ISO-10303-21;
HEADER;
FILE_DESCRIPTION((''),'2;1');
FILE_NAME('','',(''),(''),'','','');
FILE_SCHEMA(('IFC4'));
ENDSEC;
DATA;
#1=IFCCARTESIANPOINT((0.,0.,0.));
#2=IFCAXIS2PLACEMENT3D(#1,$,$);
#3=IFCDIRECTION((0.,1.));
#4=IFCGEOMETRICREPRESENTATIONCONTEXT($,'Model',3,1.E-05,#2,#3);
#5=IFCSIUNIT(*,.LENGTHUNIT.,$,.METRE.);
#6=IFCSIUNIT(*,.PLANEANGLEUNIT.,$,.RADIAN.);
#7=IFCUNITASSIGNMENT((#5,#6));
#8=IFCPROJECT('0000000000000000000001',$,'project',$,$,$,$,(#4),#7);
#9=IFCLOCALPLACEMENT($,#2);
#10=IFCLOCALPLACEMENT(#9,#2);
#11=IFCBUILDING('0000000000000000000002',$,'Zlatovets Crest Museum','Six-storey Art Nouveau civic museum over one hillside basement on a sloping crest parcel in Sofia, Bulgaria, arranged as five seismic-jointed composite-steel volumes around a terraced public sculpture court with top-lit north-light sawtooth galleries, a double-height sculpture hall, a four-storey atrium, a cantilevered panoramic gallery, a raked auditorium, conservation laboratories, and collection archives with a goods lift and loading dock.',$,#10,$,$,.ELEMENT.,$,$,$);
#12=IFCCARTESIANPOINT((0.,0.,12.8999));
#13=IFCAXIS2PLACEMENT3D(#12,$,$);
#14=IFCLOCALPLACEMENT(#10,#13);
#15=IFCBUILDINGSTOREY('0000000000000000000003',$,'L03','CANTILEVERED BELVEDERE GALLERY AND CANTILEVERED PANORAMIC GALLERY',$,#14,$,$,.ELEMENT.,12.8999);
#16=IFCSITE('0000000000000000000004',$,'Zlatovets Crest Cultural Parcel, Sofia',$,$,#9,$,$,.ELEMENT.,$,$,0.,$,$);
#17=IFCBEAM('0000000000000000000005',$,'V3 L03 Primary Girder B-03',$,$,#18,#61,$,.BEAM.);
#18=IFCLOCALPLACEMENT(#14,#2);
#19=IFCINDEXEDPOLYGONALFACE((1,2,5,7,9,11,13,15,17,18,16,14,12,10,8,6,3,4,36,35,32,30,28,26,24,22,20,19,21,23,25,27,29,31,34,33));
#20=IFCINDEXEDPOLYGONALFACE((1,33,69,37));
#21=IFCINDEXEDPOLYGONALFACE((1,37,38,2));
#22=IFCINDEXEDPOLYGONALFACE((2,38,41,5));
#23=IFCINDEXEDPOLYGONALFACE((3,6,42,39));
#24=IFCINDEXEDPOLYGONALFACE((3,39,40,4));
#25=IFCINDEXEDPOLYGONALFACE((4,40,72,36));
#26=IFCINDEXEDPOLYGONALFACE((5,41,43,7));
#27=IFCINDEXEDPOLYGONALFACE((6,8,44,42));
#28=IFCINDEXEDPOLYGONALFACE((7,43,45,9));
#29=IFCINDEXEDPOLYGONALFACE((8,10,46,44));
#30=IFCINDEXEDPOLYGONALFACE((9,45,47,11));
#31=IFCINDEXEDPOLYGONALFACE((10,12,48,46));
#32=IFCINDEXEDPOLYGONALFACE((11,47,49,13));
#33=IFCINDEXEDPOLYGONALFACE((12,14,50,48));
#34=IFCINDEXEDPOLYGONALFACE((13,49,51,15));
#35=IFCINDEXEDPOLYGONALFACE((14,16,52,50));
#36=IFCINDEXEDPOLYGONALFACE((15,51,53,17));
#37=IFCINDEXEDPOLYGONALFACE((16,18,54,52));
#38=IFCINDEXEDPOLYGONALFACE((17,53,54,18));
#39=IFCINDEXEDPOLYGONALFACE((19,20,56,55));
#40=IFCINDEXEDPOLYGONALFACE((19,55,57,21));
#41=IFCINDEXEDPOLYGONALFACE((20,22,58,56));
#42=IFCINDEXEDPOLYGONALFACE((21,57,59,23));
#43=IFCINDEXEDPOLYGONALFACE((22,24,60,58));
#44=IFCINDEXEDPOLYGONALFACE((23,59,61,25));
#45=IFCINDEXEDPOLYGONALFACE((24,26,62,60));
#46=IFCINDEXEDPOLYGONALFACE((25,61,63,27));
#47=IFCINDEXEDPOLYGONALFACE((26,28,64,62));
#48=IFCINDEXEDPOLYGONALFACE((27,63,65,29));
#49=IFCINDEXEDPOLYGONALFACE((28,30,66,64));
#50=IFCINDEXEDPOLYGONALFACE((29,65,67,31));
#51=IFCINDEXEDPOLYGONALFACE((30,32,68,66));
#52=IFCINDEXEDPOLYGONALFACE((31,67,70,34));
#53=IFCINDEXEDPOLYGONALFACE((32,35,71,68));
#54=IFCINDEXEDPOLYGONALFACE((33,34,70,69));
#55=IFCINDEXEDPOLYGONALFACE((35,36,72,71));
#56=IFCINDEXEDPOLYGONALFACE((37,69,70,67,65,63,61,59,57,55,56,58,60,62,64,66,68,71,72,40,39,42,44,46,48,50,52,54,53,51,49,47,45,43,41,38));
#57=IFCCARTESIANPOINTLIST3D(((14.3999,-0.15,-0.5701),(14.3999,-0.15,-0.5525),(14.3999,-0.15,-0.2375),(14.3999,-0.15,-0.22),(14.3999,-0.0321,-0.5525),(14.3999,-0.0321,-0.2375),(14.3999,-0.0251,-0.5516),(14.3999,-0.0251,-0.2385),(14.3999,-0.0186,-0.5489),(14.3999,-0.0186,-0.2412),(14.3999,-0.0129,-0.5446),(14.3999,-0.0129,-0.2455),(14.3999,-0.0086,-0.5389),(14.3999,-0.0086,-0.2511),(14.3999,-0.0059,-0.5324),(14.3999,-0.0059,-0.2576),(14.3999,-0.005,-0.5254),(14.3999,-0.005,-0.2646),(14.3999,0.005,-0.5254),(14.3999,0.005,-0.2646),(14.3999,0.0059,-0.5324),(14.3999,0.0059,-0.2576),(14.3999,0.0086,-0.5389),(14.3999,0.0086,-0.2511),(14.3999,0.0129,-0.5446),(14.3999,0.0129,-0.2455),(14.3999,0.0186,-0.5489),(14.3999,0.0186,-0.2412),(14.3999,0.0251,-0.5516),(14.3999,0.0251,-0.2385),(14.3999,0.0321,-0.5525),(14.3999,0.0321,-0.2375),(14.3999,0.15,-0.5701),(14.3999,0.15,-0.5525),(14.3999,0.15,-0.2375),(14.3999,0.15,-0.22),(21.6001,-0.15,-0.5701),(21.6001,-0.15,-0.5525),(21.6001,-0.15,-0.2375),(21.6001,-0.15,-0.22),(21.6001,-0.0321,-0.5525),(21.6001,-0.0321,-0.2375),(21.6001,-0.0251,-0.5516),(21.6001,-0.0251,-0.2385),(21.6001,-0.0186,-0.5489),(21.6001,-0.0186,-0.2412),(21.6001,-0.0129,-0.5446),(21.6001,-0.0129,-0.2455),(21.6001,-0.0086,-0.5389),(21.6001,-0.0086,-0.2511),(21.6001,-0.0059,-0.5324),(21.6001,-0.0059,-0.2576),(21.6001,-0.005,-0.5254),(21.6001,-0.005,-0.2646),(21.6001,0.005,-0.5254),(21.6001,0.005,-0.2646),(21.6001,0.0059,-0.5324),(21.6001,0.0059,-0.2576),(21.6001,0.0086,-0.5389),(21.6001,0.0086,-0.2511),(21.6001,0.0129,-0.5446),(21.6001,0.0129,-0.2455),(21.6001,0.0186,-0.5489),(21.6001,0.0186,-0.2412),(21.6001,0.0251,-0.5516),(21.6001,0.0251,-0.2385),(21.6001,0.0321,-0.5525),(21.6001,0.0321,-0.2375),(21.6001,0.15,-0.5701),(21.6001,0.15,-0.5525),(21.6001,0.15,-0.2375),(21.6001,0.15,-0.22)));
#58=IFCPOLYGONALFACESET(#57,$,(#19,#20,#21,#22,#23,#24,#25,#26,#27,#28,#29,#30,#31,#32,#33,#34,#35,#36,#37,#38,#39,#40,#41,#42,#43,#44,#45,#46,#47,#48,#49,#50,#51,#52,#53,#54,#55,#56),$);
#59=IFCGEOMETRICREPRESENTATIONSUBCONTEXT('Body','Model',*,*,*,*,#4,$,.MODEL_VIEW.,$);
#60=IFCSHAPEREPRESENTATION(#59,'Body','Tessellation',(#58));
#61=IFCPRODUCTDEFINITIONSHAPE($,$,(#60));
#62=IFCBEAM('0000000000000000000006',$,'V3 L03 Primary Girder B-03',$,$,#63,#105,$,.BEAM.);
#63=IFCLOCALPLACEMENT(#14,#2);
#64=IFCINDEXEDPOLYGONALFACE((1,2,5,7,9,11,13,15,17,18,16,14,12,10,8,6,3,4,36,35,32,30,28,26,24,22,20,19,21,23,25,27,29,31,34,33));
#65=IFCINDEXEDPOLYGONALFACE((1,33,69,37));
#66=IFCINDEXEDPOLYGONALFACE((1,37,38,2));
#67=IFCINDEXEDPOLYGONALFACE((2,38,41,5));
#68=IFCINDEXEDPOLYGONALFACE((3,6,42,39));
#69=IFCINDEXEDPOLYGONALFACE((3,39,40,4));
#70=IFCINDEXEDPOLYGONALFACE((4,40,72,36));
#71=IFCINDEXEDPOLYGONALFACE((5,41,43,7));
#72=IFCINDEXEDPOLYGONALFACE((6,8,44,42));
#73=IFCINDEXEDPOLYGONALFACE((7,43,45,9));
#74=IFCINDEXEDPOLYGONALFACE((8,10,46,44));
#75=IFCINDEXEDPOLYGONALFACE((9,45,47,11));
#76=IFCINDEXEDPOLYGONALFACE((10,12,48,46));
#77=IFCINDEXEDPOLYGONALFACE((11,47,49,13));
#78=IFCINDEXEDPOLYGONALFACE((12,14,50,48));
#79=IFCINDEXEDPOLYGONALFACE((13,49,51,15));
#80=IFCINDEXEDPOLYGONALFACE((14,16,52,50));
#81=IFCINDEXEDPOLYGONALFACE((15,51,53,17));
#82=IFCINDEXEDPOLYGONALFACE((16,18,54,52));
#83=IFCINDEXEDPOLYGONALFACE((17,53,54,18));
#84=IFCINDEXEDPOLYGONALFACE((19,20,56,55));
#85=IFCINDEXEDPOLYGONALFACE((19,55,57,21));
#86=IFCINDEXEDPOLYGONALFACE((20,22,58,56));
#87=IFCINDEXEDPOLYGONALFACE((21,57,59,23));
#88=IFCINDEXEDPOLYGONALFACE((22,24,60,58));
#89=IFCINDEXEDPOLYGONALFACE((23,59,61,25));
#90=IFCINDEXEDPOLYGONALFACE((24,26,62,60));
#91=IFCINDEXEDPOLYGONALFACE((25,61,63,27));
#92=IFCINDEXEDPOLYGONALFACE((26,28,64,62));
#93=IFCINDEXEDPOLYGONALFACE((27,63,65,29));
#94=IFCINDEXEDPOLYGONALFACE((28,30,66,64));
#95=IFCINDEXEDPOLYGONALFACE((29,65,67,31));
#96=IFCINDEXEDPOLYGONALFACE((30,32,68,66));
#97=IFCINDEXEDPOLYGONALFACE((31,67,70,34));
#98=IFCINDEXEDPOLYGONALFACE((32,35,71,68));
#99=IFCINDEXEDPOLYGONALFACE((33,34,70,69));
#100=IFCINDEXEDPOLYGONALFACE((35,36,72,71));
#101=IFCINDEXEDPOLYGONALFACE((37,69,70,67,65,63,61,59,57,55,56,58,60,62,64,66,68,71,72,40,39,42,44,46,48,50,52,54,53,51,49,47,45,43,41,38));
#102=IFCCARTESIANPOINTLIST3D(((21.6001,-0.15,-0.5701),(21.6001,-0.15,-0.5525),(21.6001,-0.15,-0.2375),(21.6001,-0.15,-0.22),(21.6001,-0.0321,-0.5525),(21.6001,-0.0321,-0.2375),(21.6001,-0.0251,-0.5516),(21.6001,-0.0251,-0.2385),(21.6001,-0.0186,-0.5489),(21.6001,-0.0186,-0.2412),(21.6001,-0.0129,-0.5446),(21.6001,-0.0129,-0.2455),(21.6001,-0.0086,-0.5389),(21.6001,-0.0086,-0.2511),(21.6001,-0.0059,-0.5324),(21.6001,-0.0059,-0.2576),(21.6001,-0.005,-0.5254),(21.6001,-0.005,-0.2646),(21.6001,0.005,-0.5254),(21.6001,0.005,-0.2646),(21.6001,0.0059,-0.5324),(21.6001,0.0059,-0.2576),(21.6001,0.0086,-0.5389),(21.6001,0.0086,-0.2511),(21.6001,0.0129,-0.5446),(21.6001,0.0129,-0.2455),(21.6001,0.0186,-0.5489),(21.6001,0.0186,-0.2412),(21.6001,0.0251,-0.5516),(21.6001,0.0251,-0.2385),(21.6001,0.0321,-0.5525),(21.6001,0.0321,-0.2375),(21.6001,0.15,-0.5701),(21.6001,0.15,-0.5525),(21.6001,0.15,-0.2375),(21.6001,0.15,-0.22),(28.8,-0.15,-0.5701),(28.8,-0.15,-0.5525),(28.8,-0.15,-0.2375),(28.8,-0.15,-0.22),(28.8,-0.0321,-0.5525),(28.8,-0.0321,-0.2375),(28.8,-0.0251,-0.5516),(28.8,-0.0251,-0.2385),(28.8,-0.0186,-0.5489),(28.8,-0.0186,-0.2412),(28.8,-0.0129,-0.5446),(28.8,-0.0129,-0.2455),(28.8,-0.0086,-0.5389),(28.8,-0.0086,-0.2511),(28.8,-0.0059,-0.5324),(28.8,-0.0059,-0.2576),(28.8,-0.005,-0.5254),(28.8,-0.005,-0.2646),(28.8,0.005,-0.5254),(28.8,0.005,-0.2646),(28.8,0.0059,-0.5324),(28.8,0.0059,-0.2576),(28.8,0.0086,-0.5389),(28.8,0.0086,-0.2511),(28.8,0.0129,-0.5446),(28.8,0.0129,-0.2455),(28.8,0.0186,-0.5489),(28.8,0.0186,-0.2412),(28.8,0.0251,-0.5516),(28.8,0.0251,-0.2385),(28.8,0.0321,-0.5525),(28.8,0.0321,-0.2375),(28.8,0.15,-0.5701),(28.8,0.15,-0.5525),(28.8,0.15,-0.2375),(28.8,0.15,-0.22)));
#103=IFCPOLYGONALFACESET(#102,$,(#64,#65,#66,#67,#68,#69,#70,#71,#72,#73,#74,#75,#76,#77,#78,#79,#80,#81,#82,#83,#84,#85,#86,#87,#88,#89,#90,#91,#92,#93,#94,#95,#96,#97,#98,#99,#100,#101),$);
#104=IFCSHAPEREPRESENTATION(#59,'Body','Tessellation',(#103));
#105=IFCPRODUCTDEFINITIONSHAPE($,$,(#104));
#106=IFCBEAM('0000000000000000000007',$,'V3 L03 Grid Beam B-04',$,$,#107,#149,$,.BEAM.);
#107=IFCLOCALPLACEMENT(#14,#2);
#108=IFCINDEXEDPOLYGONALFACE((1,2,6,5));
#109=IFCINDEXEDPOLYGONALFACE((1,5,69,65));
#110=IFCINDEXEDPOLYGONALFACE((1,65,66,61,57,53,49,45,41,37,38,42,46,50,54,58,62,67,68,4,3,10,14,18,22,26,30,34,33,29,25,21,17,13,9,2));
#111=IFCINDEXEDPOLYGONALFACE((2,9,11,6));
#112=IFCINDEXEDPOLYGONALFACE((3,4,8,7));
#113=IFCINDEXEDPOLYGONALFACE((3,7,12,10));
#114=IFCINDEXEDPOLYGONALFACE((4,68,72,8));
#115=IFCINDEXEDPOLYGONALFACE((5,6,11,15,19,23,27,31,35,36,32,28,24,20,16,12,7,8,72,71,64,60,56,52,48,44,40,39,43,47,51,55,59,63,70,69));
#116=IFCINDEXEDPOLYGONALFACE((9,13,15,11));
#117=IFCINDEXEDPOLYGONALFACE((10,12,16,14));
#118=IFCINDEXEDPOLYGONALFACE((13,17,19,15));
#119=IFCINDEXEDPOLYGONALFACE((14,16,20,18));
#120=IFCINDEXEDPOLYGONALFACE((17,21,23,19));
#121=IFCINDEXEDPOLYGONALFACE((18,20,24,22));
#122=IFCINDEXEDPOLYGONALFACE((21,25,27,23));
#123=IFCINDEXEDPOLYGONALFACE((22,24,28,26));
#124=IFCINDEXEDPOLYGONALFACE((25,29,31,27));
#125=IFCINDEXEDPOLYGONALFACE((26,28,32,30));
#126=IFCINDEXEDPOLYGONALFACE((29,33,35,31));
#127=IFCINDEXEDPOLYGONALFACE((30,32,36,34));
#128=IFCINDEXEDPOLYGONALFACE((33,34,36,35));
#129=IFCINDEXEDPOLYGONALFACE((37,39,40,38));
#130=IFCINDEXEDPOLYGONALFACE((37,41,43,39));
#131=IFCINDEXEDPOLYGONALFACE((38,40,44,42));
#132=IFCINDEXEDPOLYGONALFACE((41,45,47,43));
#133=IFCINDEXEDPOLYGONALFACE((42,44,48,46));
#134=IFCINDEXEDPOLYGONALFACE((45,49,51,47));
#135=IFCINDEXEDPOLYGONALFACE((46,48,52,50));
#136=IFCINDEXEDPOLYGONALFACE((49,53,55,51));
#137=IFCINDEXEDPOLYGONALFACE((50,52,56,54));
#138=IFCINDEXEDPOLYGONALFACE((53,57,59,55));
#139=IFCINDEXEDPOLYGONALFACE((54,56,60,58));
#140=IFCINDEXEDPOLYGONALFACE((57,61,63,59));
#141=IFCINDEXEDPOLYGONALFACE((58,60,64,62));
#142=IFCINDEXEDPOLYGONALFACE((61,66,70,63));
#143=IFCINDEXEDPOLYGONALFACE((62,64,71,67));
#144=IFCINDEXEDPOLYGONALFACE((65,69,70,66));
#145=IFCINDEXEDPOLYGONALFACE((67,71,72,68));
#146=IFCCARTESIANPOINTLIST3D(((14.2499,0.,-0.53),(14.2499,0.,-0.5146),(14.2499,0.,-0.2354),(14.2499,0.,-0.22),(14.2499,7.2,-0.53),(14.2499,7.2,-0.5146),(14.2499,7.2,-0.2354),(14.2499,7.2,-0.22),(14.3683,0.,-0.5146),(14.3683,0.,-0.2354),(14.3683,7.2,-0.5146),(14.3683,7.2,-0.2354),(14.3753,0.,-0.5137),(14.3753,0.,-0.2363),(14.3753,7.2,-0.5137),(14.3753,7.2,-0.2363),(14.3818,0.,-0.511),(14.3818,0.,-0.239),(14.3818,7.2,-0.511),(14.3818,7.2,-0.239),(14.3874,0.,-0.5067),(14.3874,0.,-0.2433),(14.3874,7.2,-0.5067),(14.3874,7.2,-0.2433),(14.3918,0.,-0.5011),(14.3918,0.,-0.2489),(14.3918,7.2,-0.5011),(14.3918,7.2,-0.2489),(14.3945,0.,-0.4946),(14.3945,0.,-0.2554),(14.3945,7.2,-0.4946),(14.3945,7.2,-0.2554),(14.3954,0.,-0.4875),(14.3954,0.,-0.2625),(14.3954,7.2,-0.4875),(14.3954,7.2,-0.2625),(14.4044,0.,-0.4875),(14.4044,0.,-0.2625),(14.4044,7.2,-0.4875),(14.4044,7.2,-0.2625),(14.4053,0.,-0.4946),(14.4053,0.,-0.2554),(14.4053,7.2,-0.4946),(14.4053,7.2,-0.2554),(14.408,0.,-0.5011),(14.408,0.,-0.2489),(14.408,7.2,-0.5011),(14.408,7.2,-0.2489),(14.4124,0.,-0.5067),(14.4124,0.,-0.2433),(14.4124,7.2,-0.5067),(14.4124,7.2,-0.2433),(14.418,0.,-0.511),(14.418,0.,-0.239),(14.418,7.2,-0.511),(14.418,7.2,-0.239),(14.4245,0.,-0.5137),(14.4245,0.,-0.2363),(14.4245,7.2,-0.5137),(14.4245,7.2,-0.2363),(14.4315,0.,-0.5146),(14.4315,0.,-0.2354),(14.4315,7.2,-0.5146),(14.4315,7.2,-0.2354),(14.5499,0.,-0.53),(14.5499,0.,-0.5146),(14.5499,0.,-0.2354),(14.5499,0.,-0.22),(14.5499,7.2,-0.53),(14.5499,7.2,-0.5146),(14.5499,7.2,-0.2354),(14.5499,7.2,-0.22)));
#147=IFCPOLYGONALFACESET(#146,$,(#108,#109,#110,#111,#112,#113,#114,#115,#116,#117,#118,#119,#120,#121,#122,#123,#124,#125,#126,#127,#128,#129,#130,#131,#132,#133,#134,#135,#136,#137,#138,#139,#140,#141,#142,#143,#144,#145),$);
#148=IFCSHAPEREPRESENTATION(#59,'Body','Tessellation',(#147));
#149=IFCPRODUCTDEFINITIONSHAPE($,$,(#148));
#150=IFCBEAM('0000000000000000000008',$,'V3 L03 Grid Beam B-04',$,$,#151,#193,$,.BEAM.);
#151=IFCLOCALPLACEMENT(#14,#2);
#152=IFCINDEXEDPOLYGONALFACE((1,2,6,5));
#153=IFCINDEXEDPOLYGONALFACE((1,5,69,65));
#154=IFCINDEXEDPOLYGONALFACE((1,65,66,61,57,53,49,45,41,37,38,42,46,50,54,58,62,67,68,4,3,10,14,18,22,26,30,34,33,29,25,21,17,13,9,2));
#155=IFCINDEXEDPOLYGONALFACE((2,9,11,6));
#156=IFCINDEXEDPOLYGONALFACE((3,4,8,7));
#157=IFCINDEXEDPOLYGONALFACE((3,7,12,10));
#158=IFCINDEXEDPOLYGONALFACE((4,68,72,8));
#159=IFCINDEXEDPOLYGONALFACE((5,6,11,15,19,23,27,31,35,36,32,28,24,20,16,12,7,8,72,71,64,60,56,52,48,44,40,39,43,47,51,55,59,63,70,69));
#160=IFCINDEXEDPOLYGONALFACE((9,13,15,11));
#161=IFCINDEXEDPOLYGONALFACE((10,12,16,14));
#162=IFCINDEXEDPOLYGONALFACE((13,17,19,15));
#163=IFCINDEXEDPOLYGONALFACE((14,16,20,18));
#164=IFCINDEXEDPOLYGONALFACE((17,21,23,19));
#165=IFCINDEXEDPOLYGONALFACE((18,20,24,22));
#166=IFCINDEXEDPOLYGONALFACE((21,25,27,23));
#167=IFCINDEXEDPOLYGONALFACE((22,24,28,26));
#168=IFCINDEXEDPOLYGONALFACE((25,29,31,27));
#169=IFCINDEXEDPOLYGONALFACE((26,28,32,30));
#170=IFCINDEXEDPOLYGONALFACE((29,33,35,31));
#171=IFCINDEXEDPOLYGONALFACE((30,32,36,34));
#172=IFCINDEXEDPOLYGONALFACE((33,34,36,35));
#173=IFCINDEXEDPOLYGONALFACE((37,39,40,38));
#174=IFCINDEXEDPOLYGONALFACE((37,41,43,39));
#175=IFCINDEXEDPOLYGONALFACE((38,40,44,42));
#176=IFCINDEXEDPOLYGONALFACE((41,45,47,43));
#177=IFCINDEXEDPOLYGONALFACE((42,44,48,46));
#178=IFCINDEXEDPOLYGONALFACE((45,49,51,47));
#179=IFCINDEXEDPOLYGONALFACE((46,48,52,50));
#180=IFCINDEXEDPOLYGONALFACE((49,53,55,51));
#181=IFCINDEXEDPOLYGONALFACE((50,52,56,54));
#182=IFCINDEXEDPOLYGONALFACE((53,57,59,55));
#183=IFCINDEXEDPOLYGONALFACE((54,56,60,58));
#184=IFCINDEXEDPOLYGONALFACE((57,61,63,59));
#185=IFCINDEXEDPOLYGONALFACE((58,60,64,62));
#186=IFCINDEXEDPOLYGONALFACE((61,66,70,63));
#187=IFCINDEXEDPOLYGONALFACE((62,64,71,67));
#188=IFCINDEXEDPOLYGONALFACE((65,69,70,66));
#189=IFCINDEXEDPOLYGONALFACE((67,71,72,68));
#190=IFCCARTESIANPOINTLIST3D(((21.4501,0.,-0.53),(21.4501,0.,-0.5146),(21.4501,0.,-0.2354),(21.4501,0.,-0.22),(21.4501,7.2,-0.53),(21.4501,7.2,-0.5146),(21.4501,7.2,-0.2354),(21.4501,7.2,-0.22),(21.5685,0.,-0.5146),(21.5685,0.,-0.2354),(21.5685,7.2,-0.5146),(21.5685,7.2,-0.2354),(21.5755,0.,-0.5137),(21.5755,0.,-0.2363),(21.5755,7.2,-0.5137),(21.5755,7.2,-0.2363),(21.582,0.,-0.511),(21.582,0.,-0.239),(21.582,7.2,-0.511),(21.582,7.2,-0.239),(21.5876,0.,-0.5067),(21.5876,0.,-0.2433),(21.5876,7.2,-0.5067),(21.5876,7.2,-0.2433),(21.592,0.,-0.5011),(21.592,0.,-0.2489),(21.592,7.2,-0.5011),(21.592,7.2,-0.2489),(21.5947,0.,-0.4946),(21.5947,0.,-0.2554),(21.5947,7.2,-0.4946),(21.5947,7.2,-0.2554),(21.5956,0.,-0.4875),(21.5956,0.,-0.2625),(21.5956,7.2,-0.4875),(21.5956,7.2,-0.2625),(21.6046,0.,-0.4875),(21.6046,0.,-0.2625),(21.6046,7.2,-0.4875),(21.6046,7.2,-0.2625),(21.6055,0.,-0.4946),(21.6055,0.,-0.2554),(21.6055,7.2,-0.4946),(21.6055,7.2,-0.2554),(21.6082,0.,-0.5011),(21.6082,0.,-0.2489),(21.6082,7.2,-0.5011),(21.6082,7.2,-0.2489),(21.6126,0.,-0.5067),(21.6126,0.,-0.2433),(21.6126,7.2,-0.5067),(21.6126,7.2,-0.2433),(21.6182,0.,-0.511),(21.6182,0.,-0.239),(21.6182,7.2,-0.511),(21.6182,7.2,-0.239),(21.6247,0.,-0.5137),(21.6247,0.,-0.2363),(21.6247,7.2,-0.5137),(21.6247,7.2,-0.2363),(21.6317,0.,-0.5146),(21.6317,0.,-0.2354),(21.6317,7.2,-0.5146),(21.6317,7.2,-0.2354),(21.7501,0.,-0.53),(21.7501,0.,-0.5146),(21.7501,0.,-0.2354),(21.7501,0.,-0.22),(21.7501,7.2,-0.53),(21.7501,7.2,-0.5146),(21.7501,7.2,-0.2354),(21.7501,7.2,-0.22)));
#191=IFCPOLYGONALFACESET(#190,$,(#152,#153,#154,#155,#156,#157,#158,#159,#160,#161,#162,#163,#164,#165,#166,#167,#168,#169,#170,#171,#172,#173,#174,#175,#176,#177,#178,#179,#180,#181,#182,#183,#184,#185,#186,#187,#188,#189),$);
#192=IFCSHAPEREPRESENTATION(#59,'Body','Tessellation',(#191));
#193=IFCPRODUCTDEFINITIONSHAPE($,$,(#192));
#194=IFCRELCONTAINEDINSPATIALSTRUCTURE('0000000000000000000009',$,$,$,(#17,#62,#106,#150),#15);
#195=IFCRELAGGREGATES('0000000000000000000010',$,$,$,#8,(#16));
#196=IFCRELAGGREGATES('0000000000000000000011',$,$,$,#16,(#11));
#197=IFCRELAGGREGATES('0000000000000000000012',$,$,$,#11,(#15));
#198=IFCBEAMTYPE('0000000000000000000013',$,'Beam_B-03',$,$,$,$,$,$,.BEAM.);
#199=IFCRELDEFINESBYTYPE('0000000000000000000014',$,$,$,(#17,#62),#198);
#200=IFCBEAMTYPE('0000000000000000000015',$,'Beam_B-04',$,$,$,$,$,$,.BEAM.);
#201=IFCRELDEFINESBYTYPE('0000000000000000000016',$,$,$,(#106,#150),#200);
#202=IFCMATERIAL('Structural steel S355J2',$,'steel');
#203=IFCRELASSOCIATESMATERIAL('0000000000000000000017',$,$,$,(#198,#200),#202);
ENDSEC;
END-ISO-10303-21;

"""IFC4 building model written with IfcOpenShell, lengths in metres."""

from ifc_helpers import new_model, si_unit, direction, frame, origin, origin_2d, place, context, subcontext, project, spatial, i_section, extrude, material, material_profile, profile_set, type_object, element, save


model = new_model("IFC4")

# Units and contexts
model_context = context("Model", 3, precision=1e-05, world=origin(), true_north=direction((0.0, 1.0)))
body_context = subcontext(model_context, "Body", "Model", "MODEL_VIEW")
ifc_project = project(units=[si_unit("LENGTHUNIT", "METRE"), si_unit("PLANEANGLEUNIT", "RADIAN")], contexts=[model_context])

# Site, building, storey
site_placement = place(None, origin())
site = spatial("IfcSite", under=ifc_project, at=site_placement, Name="Zlatovets Crest Cultural Parcel, Sofia", CompositionType="ELEMENT", RefElevation=0.0)
building_placement = place(site_placement, origin())
building = spatial("IfcBuilding", under=site, at=building_placement, Name="Zlatovets Crest Museum", Description="Six-storey Art Nouveau civic museum over one hillside basement on a sloping crest parcel in Sofia, Bulgaria, arranged as five seismic-jointed composite-steel volumes around a terraced public sculpture court with top-lit north-light sawtooth galleries, a double-height sculpture hall, a four-storey atrium, a cantilevered panoramic gallery, a raked auditorium, conservation laboratories, and collection archives with a goods lift and loading dock.", CompositionType="ELEMENT")
storey_placement = place(building_placement, frame((0.0, 0.0, 12.8999)))
storey = spatial("IfcBuildingStorey", under=building, at=storey_placement, Name="L03", Description="CANTILEVERED BELVEDERE GALLERY AND CANTILEVERED PANORAMIC GALLERY", CompositionType="ELEMENT", Elevation=12.8999)

# Beams
ifc_material_1 = material(Name="Structural steel S355J2", Category="steel")
ifc_material_profile_1 = material_profile(ifc_material_1, i_section(OverallWidth=0.3, OverallDepth=0.3501, WebThickness=0.01, FlangeThickness=0.0176, FilletRadius=0.0271, at=origin_2d()), Name="HEA 360")
ifc_profile_set_1 = profile_set([ifc_material_profile_1], Name="Structural steel S355J2")
beam_type_1 = type_object("IfcBeamType", Name="Beam_B-03", PredefinedType="BEAM", material=ifc_profile_set_1)
beam_1_placement = place(storey_placement, frame((14.3999, 0.0, -0.395), z_axis=(1.0, 0.0, 0.0), x_axis=(0.0, 1.0, 0.0)))
element("IfcBeam", 1, at=beam_1_placement, inside=storey, type_object=beam_type_1, Name="V3 L03 Primary Girder B-03", PredefinedType="BEAM", context=body_context, shape_type="SweptSolid", body=[
    extrude(i_section(OverallWidth=0.3, OverallDepth=0.3501, WebThickness=0.01, FlangeThickness=0.0176, FilletRadius=0.0271, at=origin_2d()), origin(), (0.0, 0.0, 1.0), 7.2002),
])
beam_2_placement = place(storey_placement, frame((21.6001, 0.0, -0.395), z_axis=(1.0, 0.0, 0.0), x_axis=(0.0, 1.0, 0.0)))
element("IfcBeam", 2, at=beam_2_placement, inside=storey, type_object=beam_type_1, Name="V3 L03 Primary Girder B-03", PredefinedType="BEAM", context=body_context, shape_type="SweptSolid", body=[
    extrude(i_section(OverallWidth=0.3, OverallDepth=0.3501, WebThickness=0.01, FlangeThickness=0.0176, FilletRadius=0.0271, at=origin_2d()), origin(), (0.0, 0.0, 1.0), 7.2),
])
ifc_material_profile_2 = material_profile(ifc_material_1, i_section(OverallWidth=0.3, OverallDepth=0.3101, WebThickness=0.009, FlangeThickness=0.0154, FilletRadius=0.0271, at=origin_2d()), Name="HEA 320")
ifc_profile_set_2 = profile_set([ifc_material_profile_2], Name="Structural steel S355J2")
beam_type_2 = type_object("IfcBeamType", Name="Beam_B-04", PredefinedType="BEAM", material=ifc_profile_set_2)
for number, where, z_axis, x_axis, name in (
    (3, (14.3999, 0.0, -0.375), (0.0, 1.0, 0.0), (-1.0, 0.0, 0.0), "V3 L03 Grid Beam B-04"),
    (4, (21.6001, 0.0, -0.375), (0.0, 1.0, 0.0), (-1.0, 0.0, 0.0), "V3 L03 Grid Beam B-04"),
):
    element("IfcBeam", number, at=place(storey_placement, frame(where, z_axis=z_axis, x_axis=x_axis)), inside=storey, type_object=beam_type_2, Name=name, PredefinedType="BEAM", context=body_context, shape_type="SweptSolid", body=[
        extrude(i_section(OverallWidth=0.3, OverallDepth=0.3101, WebThickness=0.009, FlangeThickness=0.0154, FilletRadius=0.0271, at=origin_2d()), origin(), (0.0, 0.0, 1.0), 7.2),
    ])

save(model, "model.ifc")
